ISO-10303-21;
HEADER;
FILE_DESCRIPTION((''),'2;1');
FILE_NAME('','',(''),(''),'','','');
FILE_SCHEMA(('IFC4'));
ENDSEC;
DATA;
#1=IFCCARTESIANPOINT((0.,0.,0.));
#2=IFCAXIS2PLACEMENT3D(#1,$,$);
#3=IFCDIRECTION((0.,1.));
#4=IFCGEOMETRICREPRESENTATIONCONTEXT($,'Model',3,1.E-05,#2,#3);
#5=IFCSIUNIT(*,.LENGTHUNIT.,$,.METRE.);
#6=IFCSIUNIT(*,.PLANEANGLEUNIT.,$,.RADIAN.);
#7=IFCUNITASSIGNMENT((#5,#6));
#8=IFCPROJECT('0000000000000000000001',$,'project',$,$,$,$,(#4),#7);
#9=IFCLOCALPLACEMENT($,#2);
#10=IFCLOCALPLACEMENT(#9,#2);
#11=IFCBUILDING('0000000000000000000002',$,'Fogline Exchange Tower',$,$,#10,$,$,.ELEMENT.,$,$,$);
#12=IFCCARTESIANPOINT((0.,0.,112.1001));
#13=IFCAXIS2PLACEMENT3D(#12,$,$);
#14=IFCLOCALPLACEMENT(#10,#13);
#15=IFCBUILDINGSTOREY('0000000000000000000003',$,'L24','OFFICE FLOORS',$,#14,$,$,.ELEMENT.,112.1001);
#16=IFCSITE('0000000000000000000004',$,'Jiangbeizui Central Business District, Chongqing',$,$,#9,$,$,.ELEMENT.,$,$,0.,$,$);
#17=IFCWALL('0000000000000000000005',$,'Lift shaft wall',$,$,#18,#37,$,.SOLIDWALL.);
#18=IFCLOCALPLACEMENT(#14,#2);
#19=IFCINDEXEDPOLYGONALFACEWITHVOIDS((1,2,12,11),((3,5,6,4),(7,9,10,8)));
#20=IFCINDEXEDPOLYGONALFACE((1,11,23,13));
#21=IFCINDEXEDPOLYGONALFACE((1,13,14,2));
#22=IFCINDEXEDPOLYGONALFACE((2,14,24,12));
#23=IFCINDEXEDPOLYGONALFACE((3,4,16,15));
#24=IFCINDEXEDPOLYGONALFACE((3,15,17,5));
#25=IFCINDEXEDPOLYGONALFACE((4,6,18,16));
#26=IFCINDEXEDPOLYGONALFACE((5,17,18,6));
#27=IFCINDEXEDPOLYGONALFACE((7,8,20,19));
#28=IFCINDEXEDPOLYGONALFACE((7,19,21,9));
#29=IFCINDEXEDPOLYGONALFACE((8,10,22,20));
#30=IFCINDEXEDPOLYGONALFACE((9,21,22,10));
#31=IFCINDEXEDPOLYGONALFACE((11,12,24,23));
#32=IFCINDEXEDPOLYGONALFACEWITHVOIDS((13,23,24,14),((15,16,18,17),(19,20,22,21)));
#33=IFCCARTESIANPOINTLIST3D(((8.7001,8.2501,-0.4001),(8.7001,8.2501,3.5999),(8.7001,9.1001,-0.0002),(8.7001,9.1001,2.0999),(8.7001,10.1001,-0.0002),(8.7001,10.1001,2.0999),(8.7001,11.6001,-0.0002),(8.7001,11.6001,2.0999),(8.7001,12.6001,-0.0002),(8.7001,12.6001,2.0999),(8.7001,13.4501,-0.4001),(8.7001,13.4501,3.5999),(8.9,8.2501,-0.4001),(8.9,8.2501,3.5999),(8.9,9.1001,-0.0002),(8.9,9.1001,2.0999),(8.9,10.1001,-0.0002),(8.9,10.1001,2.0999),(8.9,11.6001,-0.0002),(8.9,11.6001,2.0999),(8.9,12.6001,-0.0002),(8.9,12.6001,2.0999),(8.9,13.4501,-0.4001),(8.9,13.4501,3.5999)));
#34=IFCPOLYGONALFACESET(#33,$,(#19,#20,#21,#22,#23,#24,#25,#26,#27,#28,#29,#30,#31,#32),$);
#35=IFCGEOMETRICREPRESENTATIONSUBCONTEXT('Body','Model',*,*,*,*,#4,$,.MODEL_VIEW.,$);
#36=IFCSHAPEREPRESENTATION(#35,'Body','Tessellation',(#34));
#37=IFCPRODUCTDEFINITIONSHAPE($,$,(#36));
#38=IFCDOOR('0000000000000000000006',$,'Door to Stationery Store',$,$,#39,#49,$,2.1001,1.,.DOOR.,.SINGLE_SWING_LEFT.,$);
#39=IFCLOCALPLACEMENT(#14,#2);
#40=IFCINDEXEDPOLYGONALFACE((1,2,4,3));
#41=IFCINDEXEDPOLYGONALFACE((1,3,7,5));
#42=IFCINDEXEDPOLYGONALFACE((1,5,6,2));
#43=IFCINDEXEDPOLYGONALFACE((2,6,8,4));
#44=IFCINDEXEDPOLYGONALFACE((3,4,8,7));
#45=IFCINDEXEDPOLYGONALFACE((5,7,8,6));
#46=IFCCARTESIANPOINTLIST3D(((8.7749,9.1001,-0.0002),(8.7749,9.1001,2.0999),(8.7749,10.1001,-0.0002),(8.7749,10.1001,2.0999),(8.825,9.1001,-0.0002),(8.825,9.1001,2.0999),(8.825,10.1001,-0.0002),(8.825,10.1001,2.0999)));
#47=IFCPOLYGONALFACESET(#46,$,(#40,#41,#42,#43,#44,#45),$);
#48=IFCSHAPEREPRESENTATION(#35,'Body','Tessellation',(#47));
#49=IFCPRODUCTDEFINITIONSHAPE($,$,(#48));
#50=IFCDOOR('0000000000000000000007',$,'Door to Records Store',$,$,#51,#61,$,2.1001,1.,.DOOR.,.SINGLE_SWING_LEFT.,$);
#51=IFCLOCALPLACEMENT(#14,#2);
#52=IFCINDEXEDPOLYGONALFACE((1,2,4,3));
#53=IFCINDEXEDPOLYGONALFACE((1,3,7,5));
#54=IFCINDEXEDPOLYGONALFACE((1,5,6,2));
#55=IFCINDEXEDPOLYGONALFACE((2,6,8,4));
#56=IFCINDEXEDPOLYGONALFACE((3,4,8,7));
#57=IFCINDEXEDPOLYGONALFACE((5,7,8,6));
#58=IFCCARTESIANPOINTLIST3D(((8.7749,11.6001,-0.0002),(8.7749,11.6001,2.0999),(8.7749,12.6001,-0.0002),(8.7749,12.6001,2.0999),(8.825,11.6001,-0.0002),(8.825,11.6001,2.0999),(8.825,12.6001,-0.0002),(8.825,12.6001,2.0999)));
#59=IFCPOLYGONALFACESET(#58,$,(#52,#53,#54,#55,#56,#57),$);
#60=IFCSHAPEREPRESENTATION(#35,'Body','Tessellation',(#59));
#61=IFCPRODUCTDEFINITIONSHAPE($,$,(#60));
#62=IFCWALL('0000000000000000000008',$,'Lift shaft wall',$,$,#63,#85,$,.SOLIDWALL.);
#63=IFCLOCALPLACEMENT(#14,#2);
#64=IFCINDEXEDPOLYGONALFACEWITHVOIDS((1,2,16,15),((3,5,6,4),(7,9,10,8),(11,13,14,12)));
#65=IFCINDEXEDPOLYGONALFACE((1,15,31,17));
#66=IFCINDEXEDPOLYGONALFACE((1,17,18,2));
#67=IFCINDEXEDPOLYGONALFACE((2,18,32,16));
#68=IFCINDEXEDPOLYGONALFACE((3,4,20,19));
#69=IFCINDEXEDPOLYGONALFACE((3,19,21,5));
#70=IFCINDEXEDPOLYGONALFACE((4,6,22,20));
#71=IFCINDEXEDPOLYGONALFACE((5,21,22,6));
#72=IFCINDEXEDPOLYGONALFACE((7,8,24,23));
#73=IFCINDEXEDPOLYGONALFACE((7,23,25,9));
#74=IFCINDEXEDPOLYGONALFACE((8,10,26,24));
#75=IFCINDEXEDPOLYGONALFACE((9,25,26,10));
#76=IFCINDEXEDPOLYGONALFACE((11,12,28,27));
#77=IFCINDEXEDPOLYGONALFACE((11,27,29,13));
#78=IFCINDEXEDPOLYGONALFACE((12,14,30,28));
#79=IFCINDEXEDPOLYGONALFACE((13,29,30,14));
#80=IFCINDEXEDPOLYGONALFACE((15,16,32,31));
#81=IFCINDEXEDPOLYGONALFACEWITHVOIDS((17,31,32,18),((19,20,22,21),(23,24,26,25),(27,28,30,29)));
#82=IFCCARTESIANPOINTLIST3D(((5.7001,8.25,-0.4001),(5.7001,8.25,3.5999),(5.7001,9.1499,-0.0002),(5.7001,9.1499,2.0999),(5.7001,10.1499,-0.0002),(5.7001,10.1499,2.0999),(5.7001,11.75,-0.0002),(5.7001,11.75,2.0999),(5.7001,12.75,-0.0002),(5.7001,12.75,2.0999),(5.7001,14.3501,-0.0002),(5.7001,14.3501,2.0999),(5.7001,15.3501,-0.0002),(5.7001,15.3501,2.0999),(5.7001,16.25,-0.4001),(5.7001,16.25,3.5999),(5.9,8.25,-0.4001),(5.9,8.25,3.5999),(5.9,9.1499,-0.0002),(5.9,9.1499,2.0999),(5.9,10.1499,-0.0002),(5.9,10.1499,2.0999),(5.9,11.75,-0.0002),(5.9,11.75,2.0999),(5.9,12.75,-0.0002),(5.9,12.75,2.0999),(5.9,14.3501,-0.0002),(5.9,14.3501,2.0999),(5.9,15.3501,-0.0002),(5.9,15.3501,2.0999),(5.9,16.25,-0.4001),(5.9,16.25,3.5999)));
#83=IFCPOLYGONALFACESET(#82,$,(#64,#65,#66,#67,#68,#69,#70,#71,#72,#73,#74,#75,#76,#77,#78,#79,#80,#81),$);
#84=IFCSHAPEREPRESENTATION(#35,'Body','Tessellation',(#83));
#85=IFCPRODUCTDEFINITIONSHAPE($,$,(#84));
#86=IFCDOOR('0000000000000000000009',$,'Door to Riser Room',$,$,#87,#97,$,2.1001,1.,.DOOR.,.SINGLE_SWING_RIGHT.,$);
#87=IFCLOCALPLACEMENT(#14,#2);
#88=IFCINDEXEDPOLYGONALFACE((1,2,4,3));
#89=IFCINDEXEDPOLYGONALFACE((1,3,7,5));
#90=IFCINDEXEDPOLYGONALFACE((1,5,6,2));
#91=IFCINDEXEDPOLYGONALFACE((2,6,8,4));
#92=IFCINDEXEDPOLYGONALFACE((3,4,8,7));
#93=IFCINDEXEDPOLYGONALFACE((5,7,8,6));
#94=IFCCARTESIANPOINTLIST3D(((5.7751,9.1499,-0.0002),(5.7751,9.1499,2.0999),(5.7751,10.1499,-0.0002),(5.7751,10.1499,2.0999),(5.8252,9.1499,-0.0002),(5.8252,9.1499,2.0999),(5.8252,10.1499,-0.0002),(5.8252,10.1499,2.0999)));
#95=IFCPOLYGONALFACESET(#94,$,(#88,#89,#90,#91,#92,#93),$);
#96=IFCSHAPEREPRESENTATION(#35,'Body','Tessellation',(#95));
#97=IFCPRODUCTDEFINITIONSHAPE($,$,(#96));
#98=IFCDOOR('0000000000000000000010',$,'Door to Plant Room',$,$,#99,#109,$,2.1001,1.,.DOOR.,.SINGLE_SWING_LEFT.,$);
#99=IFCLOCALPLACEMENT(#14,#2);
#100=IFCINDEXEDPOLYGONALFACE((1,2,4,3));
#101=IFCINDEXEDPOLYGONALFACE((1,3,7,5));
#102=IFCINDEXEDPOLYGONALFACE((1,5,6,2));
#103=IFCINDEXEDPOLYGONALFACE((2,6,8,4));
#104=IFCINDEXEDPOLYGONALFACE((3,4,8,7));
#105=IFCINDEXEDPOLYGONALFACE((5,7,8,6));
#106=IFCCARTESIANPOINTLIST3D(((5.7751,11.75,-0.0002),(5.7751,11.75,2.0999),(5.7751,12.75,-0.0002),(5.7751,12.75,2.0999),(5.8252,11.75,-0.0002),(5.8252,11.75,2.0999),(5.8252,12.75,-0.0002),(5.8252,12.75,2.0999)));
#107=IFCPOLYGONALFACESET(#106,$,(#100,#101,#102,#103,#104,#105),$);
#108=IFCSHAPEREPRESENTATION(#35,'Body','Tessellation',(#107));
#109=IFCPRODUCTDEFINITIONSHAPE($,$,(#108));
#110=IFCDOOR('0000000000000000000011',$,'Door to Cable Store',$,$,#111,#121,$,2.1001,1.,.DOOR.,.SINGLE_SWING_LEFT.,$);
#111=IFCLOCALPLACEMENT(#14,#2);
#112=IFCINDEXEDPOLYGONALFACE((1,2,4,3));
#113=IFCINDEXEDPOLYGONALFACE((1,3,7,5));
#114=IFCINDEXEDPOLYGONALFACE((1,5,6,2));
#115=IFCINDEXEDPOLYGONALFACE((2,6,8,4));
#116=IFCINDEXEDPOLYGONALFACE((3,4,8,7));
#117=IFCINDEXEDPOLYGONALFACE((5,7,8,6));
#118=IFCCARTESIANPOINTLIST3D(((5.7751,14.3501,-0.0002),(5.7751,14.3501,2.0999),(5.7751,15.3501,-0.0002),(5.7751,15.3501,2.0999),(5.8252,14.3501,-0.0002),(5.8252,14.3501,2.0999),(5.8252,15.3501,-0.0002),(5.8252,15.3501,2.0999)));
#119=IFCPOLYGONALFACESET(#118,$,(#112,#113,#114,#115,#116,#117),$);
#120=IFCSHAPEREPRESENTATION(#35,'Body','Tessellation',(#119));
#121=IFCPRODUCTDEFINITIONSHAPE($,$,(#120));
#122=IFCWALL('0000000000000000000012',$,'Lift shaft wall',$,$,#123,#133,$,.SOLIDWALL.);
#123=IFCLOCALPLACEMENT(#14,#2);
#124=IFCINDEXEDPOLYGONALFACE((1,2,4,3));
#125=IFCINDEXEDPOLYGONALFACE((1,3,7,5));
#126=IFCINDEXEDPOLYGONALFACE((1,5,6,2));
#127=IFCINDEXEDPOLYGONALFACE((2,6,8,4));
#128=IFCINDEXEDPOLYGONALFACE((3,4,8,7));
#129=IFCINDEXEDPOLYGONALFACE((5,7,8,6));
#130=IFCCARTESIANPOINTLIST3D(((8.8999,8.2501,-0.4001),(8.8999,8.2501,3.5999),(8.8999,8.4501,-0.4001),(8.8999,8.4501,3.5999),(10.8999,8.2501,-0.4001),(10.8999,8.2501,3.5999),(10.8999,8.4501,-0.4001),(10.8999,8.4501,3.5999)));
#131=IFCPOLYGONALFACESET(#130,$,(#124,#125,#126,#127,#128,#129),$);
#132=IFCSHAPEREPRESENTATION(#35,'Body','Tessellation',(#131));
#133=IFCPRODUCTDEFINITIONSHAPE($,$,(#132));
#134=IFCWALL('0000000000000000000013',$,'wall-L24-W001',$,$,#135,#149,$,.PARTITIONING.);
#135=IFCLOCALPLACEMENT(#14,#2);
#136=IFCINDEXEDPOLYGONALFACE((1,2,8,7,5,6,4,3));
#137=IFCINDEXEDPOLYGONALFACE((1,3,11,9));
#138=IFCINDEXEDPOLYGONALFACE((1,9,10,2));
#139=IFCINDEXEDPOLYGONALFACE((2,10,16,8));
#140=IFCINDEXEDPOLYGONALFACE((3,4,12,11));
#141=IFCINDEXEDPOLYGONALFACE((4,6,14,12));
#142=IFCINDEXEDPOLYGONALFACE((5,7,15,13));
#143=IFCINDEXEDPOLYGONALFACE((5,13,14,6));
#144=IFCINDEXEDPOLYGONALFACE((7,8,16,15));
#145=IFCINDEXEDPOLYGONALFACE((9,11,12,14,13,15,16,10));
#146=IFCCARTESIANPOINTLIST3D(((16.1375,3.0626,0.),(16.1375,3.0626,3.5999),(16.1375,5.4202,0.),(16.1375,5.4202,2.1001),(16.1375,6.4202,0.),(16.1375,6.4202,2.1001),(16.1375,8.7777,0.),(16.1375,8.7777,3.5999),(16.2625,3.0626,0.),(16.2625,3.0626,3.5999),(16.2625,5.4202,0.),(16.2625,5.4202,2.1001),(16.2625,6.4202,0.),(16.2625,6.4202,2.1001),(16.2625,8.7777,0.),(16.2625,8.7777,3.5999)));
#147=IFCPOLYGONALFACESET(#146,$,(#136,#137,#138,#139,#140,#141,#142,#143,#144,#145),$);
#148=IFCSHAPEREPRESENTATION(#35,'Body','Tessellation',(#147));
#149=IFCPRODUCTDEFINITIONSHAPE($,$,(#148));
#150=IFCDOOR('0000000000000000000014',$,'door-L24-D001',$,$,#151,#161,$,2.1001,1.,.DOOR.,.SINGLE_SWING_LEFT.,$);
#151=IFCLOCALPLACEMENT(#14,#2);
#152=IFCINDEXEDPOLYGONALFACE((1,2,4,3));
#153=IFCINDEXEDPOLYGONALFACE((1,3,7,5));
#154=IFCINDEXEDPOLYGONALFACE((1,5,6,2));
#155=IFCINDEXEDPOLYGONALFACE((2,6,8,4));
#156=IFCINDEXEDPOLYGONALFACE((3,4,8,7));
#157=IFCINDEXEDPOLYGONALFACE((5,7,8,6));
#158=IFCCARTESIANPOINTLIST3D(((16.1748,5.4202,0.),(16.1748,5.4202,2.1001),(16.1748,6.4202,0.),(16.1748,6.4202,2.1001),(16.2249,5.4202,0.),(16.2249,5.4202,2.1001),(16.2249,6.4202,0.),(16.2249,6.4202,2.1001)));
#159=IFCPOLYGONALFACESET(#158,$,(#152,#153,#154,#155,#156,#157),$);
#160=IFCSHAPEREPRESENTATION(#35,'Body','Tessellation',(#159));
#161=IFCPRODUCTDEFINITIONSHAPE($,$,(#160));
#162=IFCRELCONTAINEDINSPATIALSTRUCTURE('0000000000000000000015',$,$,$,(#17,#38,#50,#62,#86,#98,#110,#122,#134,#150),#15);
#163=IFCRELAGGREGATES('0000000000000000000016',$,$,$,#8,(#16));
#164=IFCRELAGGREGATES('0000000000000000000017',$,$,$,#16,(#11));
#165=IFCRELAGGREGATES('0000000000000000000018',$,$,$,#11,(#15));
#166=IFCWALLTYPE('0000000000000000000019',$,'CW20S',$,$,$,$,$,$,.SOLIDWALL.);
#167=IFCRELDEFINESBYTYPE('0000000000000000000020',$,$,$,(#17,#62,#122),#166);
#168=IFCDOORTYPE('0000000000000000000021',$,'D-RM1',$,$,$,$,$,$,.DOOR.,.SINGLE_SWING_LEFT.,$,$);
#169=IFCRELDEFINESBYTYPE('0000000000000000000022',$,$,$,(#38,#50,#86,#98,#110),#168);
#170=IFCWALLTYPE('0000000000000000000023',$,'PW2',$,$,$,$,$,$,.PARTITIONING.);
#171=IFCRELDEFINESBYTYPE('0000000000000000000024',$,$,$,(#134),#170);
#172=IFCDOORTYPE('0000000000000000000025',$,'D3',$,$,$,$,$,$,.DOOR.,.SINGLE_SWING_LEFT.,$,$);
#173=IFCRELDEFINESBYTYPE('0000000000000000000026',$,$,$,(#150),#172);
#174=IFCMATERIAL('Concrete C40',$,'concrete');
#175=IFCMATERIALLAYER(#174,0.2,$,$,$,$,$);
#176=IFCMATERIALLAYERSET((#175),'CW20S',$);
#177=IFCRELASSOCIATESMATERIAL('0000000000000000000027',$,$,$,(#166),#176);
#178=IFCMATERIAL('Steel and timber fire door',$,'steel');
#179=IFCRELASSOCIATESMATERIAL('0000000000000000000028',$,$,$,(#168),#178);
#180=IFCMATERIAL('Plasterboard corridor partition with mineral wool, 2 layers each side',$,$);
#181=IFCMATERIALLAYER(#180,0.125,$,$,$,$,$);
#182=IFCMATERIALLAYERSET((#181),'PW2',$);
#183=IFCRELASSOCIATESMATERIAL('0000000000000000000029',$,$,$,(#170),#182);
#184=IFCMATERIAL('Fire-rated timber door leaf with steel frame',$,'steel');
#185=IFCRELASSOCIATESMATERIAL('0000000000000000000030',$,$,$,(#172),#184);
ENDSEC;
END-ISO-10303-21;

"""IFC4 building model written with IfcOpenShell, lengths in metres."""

from ifc_helpers import new_model, si_unit, direction, frame, frame_2d, origin, place, context, subcontext, project, spatial, rectangle, extrude, material, layer, layer_set, type_object, element, fill, save


model = new_model("IFC4")

# Units and contexts
model_context = context("Model", 3, precision=1e-05, world=origin(), true_north=direction((0.0, 1.0)))
body_context = subcontext(model_context, "Body", "Model", "MODEL_VIEW")
ifc_project = project(units=[si_unit("LENGTHUNIT", "METRE"), si_unit("PLANEANGLEUNIT", "RADIAN")], contexts=[model_context])

# Site, building, storey
site_placement = place(None, origin())
site = spatial("IfcSite", under=ifc_project, at=site_placement, Name="Jiangbeizui Central Business District, Chongqing", CompositionType="ELEMENT", RefElevation=0.0)
building_placement = place(site_placement, origin())
building = spatial("IfcBuilding", under=site, at=building_placement, Name="Fogline Exchange Tower", CompositionType="ELEMENT")
storey_placement = place(building_placement, frame((0.0, 0.0, 112.1001)))
storey = spatial("IfcBuildingStorey", under=building, at=storey_placement, Name="L24", Description="OFFICE FLOORS", CompositionType="ELEMENT", Elevation=112.1001)

# Shared definitions
ifc_material_1 = material(Name="Concrete C40", Category="concrete")

# Shared definitions
ifc_material_2 = material(Name="Steel and timber fire door", Category="steel")

# Walls, openings, doors
ifc_layer_1 = layer(ifc_material_1, 0.2)
ifc_layer_set_1 = layer_set([ifc_layer_1], Name="CW20S")
wall_type_1 = type_object("IfcWallType", Name="CW20S", PredefinedType="SOLIDWALL", material=ifc_layer_set_1)
wall_1_placement = place(storey_placement, frame((8.8, 8.25, -0.4001), z_axis=(0.0, 0.0, 1.0), x_axis=(0.0, 1.0, 0.0)))
wall_1 = element("IfcWall", 1, at=wall_1_placement, inside=storey, type_object=wall_type_1, Name="Lift shaft wall", PredefinedType="SOLIDWALL", context=body_context, shape_type="SweptSolid", body=[
    extrude(rectangle(XDim=5.2, YDim=0.2, at=frame_2d((2.6001, 0.0))), origin(), (0.0, 0.0, 1.0), 4.0),
])
opening_1_placement = place(wall_1_placement, frame((0.8501, 0.0, 0.3999)))
opening_1 = element("IfcOpeningElement", 2, at=opening_1_placement, cuts=wall_1, PredefinedType="OPENING", context=body_context, shape_type="SweptSolid", body=[
    extrude(rectangle(XDim=1.0, YDim=2.1001, at=frame_2d((0.5, 1.05))), frame((0.0, 0.1099, 0.0), z_axis=(0.0, -1.0, 0.0), x_axis=(1.0, 0.0, 0.0)), (0.0, 0.0, 1.0), 0.22),
])
opening_2_placement = place(wall_1_placement, frame((3.3501, 0.0, 0.3999)))
opening_2 = element("IfcOpeningElement", 3, at=opening_2_placement, cuts=wall_1, PredefinedType="OPENING", context=body_context, shape_type="SweptSolid", body=[
    extrude(rectangle(XDim=1.0, YDim=2.1001, at=frame_2d((0.5, 1.05))), frame((0.0, 0.1099, 0.0), z_axis=(0.0, -1.0, 0.0), x_axis=(1.0, 0.0, 0.0)), (0.0, 0.0, 1.0), 0.22),
])
door_type_1 = type_object("IfcDoorType", Name="D-RM1", OperationType="SINGLE_SWING_LEFT", PredefinedType="DOOR", material=ifc_material_2)
door_1_placement = place(opening_1_placement, frame((1.0, 0.0, 0.0), z_axis=(0.0, 0.0, 1.0), x_axis=(-1.0, 0.0, 0.0)))
door_1 = element("IfcDoor", 4, at=door_1_placement, inside=storey, type_object=door_type_1, Name="Door to Stationery Store", OperationType="SINGLE_SWING_LEFT", OverallHeight=2.1001, OverallWidth=1.0, PredefinedType="DOOR", context=body_context, shape_type="SweptSolid", body=[
    extrude(rectangle(XDim=1.0, YDim=2.1001, at=frame_2d((0.5, 1.05))), frame((0.0, 0.0249, 0.0), z_axis=(0.0, -1.0, 0.0), x_axis=(1.0, 0.0, 0.0)), (0.0, 0.0, 1.0), 0.05),
])
fill(opening_1, door_1)
door_2_placement = place(opening_2_placement, frame((1.0, 0.0, 0.0), z_axis=(0.0, 0.0, 1.0), x_axis=(-1.0, 0.0, 0.0)))
door_2 = element("IfcDoor", 5, at=door_2_placement, inside=storey, type_object=door_type_1, Name="Door to Records Store", OperationType="SINGLE_SWING_LEFT", OverallHeight=2.1001, OverallWidth=1.0, PredefinedType="DOOR", context=body_context, shape_type="SweptSolid", body=[
    extrude(rectangle(XDim=1.0, YDim=2.1001, at=frame_2d((0.5, 1.05))), frame((0.0, 0.0249, 0.0), z_axis=(0.0, -1.0, 0.0), x_axis=(1.0, 0.0, 0.0)), (0.0, 0.0, 1.0), 0.05),
])
fill(opening_2, door_2)
wall_2_placement = place(storey_placement, frame((5.8, 8.25, -0.4001), z_axis=(0.0, 0.0, 1.0), x_axis=(0.0, 1.0, 0.0)))
wall_2 = element("IfcWall", 6, at=wall_2_placement, inside=storey, type_object=wall_type_1, Name="Lift shaft wall", PredefinedType="SOLIDWALL", context=body_context, shape_type="SweptSolid", body=[
    extrude(rectangle(XDim=8.0, YDim=0.2, at=frame_2d((4.0, 0.0))), origin(), (0.0, 0.0, 1.0), 4.0),
])
opening_3_placement = place(wall_2_placement, frame((0.8999, 0.0, 0.3999)))
opening_3 = element("IfcOpeningElement", 7, at=opening_3_placement, cuts=wall_2, PredefinedType="OPENING", context=body_context, shape_type="SweptSolid", body=[
    extrude(rectangle(XDim=1.0, YDim=2.1001, at=frame_2d((0.5, 1.05))), frame((0.0, 0.1099, 0.0), z_axis=(0.0, -1.0, 0.0), x_axis=(1.0, 0.0, 0.0)), (0.0, 0.0, 1.0), 0.22),
])
opening_4_placement = place(wall_2_placement, frame((3.5, 0.0, 0.3999)))
opening_4 = element("IfcOpeningElement", 8, at=opening_4_placement, cuts=wall_2, PredefinedType="OPENING", context=body_context, shape_type="SweptSolid", body=[
    extrude(rectangle(XDim=1.0, YDim=2.1001, at=frame_2d((0.5, 1.05))), frame((0.0, 0.1099, 0.0), z_axis=(0.0, -1.0, 0.0), x_axis=(1.0, 0.0, 0.0)), (0.0, 0.0, 1.0), 0.22),
])
opening_5_placement = place(wall_2_placement, frame((6.1001, 0.0, 0.3999)))
opening_5 = element("IfcOpeningElement", 9, at=opening_5_placement, cuts=wall_2, PredefinedType="OPENING", context=body_context, shape_type="SweptSolid", body=[
    extrude(rectangle(XDim=1.0, YDim=2.1001, at=frame_2d((0.5, 1.05))), frame((0.0, 0.1099, 0.0), z_axis=(0.0, -1.0, 0.0), x_axis=(1.0, 0.0, 0.0)), (0.0, 0.0, 1.0), 0.22),
])
door_3_placement = place(opening_3_placement, origin())
door_3 = element("IfcDoor", 10, at=door_3_placement, inside=storey, type_object=door_type_1, Name="Door to Riser Room", OperationType="SINGLE_SWING_RIGHT", OverallHeight=2.1001, OverallWidth=1.0, PredefinedType="DOOR", context=body_context, shape_type="SweptSolid", body=[
    extrude(rectangle(XDim=1.0, YDim=2.1001, at=frame_2d((0.5, 1.05))), frame((0.0, 0.0249, 0.0), z_axis=(0.0, -1.0, 0.0), x_axis=(1.0, 0.0, 0.0)), (0.0, 0.0, 1.0), 0.05),
])
fill(opening_3, door_3)
door_4_placement = place(opening_4_placement, origin())
door_4 = element("IfcDoor", 11, at=door_4_placement, inside=storey, type_object=door_type_1, Name="Door to Plant Room", OperationType="SINGLE_SWING_LEFT", OverallHeight=2.1001, OverallWidth=1.0, PredefinedType="DOOR", context=body_context, shape_type="SweptSolid", body=[
    extrude(rectangle(XDim=1.0, YDim=2.1001, at=frame_2d((0.5, 1.05))), frame((0.0, 0.0249, 0.0), z_axis=(0.0, -1.0, 0.0), x_axis=(1.0, 0.0, 0.0)), (0.0, 0.0, 1.0), 0.05),
])
fill(opening_4, door_4)
door_5_placement = place(opening_5_placement, origin())
door_5 = element("IfcDoor", 12, at=door_5_placement, inside=storey, type_object=door_type_1, Name="Door to Cable Store", OperationType="SINGLE_SWING_LEFT", OverallHeight=2.1001, OverallWidth=1.0, PredefinedType="DOOR", context=body_context, shape_type="SweptSolid", body=[
    extrude(rectangle(XDim=1.0, YDim=2.1001, at=frame_2d((0.5, 1.05))), frame((0.0, 0.0249, 0.0), z_axis=(0.0, -1.0, 0.0), x_axis=(1.0, 0.0, 0.0)), (0.0, 0.0, 1.0), 0.05),
])
fill(opening_5, door_5)

# Wall
wall_3_placement = place(storey_placement, frame((8.8999, 8.3501, -0.4001), z_axis=(0.0, 0.0, 1.0), x_axis=(1.0, 0.0, 0.0)))
element("IfcWall", 13, at=wall_3_placement, inside=storey, type_object=wall_type_1, Name="Lift shaft wall", PredefinedType="SOLIDWALL", context=body_context, shape_type="SweptSolid", body=[
    extrude(rectangle(XDim=2.0, YDim=0.2, at=frame_2d((1.0, 0.0))), origin(), (0.0, 0.0, 1.0), 4.0),
])

# Wall, opening, door
ifc_material_3 = material(Name="Plasterboard corridor partition with mineral wool, 2 layers each side")
ifc_layer_2 = layer(ifc_material_3, 0.125)
ifc_layer_set_2 = layer_set([ifc_layer_2], Name="PW2")
wall_type_2 = type_object("IfcWallType", Name="PW2", PredefinedType="PARTITIONING", material=ifc_layer_set_2)
wall_4_placement = place(storey_placement, frame((16.2, 8.7776, 0.0), z_axis=(0.0, 0.0, 1.0), x_axis=(0.0, -1.0, 0.0)))
wall_4 = element("IfcWall", 14, at=wall_4_placement, inside=storey, type_object=wall_type_2, Name="wall-L24-W001", PredefinedType="PARTITIONING", context=body_context, shape_type="SweptSolid", body=[
    extrude(rectangle(XDim=5.7151, YDim=0.125, at=frame_2d((2.8574, 0.0))), origin(), (0.0, 0.0, 1.0), 3.5999),
])
opening_6_placement = place(wall_4_placement, frame((2.3574, 0.0, 0.0)))
opening_6 = element("IfcOpeningElement", 15, at=opening_6_placement, cuts=wall_4, PredefinedType="OPENING", context=body_context, shape_type="SweptSolid", body=[
    extrude(rectangle(XDim=1.0, YDim=2.1001, at=frame_2d((0.5, 1.05))), frame((0.0, 0.0725, 0.0), z_axis=(0.0, -1.0, 0.0), x_axis=(1.0, 0.0, 0.0)), (0.0, 0.0, 1.0), 0.145),
])
ifc_material_4 = material(Name="Fire-rated timber door leaf with steel frame", Category="steel")
door_type_2 = type_object("IfcDoorType", Name="D3", OperationType="SINGLE_SWING_LEFT", PredefinedType="DOOR", material=ifc_material_4)
door_6_placement = place(opening_6_placement, origin())
door_6 = element("IfcDoor", 16, at=door_6_placement, inside=storey, type_object=door_type_2, Name="door-L24-D001", OperationType="SINGLE_SWING_LEFT", OverallHeight=2.1001, OverallWidth=1.0, PredefinedType="DOOR", context=body_context, shape_type="SweptSolid", body=[
    extrude(rectangle(XDim=1.0, YDim=2.1001, at=frame_2d((0.5, 1.05))), frame((0.0, 0.0249, 0.0), z_axis=(0.0, -1.0, 0.0), x_axis=(1.0, 0.0, 0.0)), (0.0, 0.0, 1.0), 0.05),
])
fill(opening_6, door_6)

save(model, "model.ifc")
